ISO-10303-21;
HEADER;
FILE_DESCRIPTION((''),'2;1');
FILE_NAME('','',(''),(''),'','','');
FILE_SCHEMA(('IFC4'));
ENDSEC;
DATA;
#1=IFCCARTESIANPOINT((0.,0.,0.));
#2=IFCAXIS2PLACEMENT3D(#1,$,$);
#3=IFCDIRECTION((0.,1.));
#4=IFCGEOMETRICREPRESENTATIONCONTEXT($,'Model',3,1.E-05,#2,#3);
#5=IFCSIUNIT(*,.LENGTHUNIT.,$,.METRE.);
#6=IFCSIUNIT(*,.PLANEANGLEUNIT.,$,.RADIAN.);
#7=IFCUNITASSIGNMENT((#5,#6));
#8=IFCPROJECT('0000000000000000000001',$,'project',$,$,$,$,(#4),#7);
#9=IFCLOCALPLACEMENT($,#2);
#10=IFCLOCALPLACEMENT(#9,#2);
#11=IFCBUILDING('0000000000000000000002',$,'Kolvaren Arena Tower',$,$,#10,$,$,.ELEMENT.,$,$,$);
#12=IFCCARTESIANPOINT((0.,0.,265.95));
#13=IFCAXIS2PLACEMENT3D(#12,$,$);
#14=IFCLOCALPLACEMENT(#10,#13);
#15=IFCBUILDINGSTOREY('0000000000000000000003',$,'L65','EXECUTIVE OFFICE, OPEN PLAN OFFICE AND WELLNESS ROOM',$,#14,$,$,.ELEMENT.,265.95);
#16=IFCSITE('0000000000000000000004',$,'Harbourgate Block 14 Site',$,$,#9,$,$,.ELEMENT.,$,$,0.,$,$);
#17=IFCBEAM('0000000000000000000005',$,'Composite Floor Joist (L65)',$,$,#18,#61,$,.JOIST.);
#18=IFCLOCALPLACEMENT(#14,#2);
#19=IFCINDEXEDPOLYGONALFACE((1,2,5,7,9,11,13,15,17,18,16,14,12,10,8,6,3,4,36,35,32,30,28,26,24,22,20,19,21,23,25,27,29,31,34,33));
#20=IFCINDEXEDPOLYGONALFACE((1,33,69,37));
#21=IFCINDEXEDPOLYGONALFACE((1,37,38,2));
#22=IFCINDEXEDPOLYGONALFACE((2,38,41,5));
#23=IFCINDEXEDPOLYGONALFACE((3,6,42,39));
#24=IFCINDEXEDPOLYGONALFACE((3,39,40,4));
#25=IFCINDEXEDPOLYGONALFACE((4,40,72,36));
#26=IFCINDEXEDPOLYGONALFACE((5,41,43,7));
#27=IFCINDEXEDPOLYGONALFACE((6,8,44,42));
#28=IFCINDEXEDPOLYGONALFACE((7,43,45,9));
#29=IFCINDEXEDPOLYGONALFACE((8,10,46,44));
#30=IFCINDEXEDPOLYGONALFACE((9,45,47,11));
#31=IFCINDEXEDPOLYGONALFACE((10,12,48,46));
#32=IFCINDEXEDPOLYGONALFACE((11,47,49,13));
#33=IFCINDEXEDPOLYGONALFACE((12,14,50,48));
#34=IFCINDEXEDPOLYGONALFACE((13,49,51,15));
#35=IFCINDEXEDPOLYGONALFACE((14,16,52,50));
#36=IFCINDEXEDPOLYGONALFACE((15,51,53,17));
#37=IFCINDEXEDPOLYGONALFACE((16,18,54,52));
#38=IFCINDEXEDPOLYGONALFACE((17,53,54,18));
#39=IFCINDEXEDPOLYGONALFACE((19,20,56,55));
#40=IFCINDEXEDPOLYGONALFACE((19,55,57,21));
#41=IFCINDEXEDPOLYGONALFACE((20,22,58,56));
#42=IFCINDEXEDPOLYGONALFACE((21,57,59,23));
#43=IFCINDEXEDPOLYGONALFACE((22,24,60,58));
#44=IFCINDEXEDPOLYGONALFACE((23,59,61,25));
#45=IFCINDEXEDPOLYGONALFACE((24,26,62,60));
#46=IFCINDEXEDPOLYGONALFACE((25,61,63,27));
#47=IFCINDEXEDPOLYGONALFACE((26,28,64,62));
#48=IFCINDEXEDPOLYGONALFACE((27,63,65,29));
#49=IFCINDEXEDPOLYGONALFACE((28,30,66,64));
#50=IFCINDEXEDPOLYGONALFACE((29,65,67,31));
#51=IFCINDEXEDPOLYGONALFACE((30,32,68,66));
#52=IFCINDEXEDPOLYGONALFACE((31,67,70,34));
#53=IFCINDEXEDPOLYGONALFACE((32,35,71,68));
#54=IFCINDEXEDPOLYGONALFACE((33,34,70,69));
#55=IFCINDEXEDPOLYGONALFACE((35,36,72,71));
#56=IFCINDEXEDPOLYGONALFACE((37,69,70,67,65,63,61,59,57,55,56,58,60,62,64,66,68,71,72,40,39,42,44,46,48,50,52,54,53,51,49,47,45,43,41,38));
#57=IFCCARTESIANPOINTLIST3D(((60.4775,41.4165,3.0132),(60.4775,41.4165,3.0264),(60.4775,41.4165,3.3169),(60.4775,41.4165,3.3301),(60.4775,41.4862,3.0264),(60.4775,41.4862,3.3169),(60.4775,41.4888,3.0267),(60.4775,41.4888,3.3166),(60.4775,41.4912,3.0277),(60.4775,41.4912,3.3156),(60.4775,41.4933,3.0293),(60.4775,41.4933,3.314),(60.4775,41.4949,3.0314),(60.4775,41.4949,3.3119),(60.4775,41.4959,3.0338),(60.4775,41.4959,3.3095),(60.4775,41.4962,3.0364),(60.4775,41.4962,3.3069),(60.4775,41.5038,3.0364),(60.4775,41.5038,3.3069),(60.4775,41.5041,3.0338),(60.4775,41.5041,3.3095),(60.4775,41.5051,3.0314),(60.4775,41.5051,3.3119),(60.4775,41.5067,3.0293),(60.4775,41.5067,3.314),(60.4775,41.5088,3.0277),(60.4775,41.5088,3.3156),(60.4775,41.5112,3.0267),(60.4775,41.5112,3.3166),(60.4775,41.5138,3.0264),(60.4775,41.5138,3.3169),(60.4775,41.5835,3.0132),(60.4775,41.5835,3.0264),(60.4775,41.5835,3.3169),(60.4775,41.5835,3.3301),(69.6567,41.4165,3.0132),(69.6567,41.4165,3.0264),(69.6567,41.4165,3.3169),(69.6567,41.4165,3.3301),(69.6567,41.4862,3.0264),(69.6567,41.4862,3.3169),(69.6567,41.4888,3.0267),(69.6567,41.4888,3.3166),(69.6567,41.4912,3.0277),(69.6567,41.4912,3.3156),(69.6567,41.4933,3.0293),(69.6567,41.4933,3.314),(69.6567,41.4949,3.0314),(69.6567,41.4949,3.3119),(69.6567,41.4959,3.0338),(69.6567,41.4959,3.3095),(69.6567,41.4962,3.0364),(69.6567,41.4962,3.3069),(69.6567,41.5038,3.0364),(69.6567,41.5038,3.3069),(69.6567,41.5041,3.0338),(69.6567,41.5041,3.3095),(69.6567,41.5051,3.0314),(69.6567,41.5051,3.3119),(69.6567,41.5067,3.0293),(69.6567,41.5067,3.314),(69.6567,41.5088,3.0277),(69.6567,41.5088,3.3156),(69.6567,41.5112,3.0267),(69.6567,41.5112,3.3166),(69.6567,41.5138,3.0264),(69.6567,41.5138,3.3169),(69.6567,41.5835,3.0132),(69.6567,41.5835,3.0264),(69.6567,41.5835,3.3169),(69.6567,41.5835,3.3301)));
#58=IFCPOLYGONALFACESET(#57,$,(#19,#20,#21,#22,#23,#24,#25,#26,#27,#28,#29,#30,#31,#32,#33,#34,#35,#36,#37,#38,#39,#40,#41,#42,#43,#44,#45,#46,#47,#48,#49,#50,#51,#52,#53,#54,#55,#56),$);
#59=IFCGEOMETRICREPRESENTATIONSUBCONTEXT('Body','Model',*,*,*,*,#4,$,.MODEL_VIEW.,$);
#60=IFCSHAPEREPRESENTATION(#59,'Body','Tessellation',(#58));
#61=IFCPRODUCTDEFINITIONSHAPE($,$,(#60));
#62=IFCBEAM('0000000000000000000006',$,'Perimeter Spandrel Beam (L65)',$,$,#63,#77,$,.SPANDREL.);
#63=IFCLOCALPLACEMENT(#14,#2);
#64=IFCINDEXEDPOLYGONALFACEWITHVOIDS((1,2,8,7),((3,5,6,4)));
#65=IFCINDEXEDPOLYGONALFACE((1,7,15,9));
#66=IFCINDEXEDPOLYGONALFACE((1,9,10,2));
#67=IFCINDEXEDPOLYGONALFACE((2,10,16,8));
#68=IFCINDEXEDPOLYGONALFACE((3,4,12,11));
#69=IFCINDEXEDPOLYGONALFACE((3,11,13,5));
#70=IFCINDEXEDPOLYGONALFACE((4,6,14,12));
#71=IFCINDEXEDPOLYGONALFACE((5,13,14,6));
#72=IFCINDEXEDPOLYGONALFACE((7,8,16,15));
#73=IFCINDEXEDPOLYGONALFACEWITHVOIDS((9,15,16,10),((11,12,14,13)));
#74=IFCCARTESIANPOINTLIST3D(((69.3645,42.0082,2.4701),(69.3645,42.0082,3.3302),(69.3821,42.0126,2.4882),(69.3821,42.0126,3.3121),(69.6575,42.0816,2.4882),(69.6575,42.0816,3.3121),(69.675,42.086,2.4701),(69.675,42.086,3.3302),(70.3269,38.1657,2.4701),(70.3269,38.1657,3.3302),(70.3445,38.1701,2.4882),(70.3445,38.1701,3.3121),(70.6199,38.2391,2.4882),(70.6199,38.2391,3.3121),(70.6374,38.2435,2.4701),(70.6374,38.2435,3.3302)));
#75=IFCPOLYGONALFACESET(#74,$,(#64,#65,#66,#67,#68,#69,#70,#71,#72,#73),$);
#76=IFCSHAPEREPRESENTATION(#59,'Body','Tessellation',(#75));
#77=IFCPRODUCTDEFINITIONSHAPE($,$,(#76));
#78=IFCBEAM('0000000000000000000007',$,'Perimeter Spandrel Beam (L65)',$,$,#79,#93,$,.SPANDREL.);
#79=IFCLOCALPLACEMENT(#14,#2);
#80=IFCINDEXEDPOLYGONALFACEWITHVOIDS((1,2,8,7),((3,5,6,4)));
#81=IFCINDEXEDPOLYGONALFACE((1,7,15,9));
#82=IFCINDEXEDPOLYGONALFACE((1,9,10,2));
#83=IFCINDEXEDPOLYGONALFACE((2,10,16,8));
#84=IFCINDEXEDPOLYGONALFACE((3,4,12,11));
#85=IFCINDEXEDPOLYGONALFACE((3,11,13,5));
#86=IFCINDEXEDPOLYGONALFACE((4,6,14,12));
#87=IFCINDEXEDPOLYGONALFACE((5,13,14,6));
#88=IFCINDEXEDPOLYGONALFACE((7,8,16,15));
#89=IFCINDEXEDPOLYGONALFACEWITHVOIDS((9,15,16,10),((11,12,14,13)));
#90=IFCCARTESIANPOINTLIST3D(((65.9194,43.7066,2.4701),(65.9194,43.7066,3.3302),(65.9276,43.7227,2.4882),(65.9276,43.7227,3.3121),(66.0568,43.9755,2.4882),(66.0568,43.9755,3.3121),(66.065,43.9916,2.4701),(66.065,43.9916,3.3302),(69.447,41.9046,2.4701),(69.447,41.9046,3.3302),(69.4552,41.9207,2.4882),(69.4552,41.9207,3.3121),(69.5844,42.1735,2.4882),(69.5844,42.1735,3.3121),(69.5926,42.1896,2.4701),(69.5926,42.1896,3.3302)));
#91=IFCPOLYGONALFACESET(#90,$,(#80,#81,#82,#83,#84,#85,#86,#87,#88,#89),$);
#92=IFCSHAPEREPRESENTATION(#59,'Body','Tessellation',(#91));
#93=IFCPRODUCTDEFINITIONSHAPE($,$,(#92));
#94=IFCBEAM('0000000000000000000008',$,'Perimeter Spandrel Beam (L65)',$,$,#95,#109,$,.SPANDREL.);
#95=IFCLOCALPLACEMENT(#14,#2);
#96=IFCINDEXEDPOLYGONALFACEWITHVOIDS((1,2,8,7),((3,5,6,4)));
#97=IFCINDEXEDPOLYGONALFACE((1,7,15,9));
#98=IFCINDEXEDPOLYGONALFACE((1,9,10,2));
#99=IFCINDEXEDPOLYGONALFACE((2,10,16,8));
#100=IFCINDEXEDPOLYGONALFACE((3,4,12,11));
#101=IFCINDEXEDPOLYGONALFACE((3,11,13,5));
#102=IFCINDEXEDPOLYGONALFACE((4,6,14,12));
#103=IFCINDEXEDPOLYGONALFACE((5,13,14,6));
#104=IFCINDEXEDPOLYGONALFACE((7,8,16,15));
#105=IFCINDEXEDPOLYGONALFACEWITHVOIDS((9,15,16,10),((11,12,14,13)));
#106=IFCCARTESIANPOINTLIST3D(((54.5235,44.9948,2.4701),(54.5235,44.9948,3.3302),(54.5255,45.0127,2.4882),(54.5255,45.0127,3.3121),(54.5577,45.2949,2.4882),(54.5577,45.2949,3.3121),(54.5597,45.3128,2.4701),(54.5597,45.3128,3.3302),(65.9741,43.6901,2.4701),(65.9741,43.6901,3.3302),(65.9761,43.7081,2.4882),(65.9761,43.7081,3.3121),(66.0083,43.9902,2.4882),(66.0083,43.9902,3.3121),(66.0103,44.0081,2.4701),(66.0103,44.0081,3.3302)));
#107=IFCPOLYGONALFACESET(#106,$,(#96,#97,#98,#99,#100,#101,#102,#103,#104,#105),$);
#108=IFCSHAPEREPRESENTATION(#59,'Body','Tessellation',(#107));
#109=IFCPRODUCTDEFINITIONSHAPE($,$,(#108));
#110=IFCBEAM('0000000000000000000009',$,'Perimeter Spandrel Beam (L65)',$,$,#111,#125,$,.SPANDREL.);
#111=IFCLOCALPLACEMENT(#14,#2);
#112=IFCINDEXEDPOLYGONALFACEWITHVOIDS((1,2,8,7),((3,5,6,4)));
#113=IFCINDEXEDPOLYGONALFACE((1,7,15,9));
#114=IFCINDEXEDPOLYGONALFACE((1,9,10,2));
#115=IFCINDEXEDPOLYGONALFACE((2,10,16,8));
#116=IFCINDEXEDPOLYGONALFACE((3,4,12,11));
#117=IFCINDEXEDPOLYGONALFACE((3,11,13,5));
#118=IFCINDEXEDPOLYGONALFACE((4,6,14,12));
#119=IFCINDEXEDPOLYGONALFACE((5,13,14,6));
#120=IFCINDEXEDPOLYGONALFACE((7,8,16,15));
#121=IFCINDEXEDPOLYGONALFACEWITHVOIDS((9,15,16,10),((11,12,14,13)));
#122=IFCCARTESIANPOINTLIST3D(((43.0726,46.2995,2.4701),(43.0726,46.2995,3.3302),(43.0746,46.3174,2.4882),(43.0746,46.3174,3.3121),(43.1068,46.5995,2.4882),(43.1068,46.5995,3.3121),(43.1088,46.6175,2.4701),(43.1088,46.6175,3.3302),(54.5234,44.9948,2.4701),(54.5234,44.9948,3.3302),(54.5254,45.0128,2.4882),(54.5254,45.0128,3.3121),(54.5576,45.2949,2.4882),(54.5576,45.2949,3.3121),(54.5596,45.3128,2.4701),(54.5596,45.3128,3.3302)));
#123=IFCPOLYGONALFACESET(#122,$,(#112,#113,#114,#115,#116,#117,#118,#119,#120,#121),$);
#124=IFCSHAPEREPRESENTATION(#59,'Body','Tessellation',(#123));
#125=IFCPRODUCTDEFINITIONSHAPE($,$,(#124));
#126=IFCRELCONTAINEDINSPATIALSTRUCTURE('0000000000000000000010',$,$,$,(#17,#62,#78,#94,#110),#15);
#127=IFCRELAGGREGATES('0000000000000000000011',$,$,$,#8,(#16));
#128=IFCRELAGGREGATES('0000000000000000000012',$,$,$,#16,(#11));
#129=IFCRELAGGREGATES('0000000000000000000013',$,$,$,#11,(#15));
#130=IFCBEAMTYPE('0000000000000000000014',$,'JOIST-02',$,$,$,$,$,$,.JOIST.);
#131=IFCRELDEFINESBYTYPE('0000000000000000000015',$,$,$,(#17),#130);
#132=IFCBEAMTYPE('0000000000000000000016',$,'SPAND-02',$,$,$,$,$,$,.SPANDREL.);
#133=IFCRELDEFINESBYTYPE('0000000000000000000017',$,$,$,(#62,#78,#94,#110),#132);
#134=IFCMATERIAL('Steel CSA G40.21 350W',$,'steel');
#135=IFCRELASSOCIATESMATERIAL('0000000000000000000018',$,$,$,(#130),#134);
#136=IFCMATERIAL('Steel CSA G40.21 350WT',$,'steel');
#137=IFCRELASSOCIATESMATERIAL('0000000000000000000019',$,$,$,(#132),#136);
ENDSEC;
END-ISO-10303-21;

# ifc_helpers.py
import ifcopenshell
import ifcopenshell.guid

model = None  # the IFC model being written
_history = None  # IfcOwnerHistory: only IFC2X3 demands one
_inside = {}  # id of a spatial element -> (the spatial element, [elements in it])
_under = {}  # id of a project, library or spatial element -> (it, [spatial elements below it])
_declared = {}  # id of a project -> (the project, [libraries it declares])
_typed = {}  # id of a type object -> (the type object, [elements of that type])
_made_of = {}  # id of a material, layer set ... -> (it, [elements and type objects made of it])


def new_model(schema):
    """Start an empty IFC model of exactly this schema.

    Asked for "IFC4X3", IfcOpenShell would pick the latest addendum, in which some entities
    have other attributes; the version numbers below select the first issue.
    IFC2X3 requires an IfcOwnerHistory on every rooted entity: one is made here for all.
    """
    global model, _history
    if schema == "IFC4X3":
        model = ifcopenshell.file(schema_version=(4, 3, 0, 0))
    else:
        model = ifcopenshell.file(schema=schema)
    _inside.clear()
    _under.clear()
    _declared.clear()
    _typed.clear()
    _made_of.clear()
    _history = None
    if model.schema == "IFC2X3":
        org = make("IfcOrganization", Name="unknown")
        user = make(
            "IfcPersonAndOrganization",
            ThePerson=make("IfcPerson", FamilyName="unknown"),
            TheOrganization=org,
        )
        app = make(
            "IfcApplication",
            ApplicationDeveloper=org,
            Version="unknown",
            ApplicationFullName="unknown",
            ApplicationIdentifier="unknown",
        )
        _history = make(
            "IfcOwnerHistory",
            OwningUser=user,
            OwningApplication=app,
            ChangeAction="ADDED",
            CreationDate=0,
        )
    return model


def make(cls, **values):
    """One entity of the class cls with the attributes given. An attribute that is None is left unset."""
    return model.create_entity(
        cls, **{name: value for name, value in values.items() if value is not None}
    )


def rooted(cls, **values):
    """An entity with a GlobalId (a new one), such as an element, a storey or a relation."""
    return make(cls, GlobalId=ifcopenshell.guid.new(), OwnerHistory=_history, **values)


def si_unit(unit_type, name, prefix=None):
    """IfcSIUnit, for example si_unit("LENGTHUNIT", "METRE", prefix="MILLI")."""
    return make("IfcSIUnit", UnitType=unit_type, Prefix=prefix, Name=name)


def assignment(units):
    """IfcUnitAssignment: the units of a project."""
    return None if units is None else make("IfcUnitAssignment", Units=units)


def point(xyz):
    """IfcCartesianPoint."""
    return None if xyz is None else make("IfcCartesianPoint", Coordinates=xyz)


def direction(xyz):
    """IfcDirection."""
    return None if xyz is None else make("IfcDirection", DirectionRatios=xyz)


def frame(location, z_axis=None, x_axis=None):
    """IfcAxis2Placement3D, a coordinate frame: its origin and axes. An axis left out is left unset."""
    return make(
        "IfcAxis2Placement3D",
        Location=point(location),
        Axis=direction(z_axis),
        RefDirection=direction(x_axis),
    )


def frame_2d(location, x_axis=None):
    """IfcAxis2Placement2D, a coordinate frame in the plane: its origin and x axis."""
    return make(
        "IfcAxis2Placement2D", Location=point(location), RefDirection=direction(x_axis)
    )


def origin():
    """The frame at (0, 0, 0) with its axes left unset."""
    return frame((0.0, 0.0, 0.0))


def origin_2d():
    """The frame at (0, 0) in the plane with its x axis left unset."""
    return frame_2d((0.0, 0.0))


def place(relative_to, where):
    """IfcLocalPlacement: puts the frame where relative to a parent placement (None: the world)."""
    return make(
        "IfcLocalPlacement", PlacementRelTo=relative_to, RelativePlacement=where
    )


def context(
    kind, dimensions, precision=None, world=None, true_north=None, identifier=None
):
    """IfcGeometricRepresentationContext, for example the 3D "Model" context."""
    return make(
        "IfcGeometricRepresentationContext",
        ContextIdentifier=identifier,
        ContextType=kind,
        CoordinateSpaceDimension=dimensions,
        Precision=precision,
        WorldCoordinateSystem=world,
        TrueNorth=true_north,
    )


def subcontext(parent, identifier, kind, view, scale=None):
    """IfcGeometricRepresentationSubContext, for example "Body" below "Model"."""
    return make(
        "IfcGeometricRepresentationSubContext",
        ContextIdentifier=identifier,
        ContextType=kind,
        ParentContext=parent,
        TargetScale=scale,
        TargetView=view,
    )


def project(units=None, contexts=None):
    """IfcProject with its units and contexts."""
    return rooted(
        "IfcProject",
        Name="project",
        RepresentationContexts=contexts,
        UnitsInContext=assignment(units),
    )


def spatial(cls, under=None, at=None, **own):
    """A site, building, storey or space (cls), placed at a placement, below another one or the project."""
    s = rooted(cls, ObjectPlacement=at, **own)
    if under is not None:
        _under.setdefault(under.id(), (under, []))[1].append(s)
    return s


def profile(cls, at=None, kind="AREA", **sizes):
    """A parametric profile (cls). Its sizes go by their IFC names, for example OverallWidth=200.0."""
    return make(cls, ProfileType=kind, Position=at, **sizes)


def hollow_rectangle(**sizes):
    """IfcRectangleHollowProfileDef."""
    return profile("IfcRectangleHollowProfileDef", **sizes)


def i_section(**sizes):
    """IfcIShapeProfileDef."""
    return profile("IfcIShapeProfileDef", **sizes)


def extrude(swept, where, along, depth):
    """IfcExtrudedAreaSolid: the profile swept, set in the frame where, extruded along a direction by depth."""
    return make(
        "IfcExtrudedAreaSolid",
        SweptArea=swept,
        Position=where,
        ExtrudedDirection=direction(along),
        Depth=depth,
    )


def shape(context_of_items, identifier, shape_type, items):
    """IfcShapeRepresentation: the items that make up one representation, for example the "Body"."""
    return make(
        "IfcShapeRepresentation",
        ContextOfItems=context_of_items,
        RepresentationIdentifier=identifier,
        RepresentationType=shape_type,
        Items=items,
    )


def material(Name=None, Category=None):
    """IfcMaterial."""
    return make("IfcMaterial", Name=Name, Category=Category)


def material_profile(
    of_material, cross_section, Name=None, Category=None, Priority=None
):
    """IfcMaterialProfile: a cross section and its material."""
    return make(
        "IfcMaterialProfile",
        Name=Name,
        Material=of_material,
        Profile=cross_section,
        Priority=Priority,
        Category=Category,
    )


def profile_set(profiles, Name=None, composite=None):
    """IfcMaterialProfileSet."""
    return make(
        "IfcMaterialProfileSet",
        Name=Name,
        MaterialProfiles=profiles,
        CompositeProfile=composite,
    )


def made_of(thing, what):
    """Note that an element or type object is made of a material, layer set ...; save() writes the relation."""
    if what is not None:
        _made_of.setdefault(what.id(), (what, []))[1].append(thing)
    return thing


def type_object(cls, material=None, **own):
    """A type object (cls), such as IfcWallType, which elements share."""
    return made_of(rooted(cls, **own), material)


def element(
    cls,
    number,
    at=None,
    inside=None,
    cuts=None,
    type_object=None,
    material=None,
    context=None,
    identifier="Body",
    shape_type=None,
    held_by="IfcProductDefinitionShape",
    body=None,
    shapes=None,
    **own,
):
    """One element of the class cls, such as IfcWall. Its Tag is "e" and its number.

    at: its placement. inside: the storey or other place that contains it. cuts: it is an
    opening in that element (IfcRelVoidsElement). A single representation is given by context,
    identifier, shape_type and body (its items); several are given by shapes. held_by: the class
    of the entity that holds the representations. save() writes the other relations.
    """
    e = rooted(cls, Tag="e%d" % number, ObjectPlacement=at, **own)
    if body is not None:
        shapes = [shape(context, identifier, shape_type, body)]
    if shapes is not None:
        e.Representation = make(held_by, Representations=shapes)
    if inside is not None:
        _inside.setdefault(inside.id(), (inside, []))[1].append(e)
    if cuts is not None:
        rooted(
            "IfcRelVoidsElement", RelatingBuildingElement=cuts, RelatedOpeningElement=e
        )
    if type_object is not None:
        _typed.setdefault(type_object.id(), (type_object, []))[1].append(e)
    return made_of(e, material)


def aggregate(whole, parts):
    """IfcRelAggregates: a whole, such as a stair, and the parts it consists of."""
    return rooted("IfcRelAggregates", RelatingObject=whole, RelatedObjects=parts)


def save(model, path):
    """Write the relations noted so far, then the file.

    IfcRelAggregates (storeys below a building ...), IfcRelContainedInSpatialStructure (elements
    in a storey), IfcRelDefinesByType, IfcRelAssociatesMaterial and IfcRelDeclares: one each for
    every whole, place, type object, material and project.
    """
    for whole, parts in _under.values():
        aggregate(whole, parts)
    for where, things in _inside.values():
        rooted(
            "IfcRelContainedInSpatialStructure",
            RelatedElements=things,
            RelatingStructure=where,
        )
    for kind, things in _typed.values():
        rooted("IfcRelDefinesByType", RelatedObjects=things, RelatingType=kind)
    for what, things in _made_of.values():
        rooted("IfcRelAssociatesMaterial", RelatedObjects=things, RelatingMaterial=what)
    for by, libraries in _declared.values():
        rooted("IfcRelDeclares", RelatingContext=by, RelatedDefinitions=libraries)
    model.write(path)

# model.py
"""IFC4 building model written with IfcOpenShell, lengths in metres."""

from ifc_helpers import new_model, si_unit, direction, frame, origin, origin_2d, place, context, subcontext, project, spatial, hollow_rectangle, i_section, extrude, material, material_profile, profile_set, type_object, element, save


model = new_model("IFC4")

# Units and contexts
model_context = context("Model", 3, precision=1e-05, world=origin(), true_north=direction((0.0, 1.0)))
body_context = subcontext(model_context, "Body", "Model", "MODEL_VIEW")
ifc_project = project(units=[si_unit("LENGTHUNIT", "METRE"), si_unit("PLANEANGLEUNIT", "RADIAN")], contexts=[model_context])

# Site, building, storey
site_placement = place(None, origin())
site = spatial("IfcSite", under=ifc_project, at=site_placement, Name="Harbourgate Block 14 Site", CompositionType="ELEMENT", RefElevation=0.0)
building_placement = place(site_placement, origin())
building = spatial("IfcBuilding", under=site, at=building_placement, Name="Kolvaren Arena Tower", CompositionType="ELEMENT")
storey_placement = place(building_placement, frame((0.0, 0.0, 265.95)))
storey = spatial("IfcBuildingStorey", under=building, at=storey_placement, Name="L65", Description="EXECUTIVE OFFICE, OPEN PLAN OFFICE AND WELLNESS ROOM", CompositionType="ELEMENT", Elevation=265.95)

# Beams
ifc_material_1 = material(Name="Steel CSA G40.21 350W", Category="steel")
ifc_material_profile_1 = material_profile(ifc_material_1, i_section(OverallWidth=0.167, OverallDepth=0.3169, WebThickness=0.0076, FlangeThickness=0.0132, FilletRadius=0.01, at=origin_2d()), Name="W310x52")
ifc_profile_set_1 = profile_set([ifc_material_profile_1], Name="Steel CSA G40.21 350W")
beam_type_1 = type_object("IfcBeamType", Name="JOIST-02", PredefinedType="JOIST", material=ifc_profile_set_1)
beam_1_placement = place(storey_placement, frame((60.4775, 41.5, 3.1716), z_axis=(1.0, 0.0, 0.0), x_axis=(0.0, 1.0, 0.0)))
element("IfcBeam", 1, at=beam_1_placement, inside=storey, type_object=beam_type_1, Name="Composite Floor Joist (L65)", PredefinedType="JOIST", context=body_context, shape_type="SweptSolid", body=[
    extrude(i_section(OverallWidth=0.167, OverallDepth=0.3169, WebThickness=0.0076, FlangeThickness=0.0132, FilletRadius=0.01, at=origin_2d()), origin(), (0.0, 0.0, 1.0), 9.1792),
])
ifc_material_2 = material(Name="Steel CSA G40.21 350WT", Category="steel")
ifc_material_profile_2 = material_profile(ifc_material_2, hollow_rectangle(XDim=0.3201, YDim=0.8601, WallThickness=0.0181, at=origin_2d()), Name="HSS 860x320x18")
ifc_profile_set_2 = profile_set([ifc_material_profile_2], Name="Steel CSA G40.21 350WT")
beam_type_2 = type_object("IfcBeamType", Name="SPAND-02", PredefinedType="SPANDREL", material=ifc_profile_set_2)
for number, where, z_axis, x_axis, name in (
    (2, (70.4822, 38.2046, 2.9001), (-0.242956, 0.970037, 0.0), (-0.970037, -0.242956, 0.0), "Perimeter Spandrel Beam (L65)"),
    (3, (69.5198, 42.0471, 2.9001), (-0.890536, 0.454913, 0.0), (-0.454913, -0.890536, 0.0), "Perimeter Spandrel Beam (L65)"),
):
    element("IfcBeam", number, at=place(storey_placement, frame(where, z_axis=z_axis, x_axis=x_axis)), inside=storey, type_object=beam_type_2, Name=name, PredefinedType="SPANDREL", context=body_context, shape_type="SweptSolid", body=[
        extrude(hollow_rectangle(XDim=0.3201, YDim=0.8601, WallThickness=0.0181, at=origin_2d()), origin(), (0.0, 0.0, 1.0), 3.9612),
    ])
beam_2_placement = place(storey_placement, frame((65.9922, 43.8491, 2.9001), z_axis=(-0.993571, 0.113207, 0.0), x_axis=(-0.113207, -0.993571, 0.0)))
element("IfcBeam", 4, at=beam_2_placement, inside=storey, type_object=beam_type_2, Name="Perimeter Spandrel Beam (L65)", PredefinedType="SPANDREL", context=body_context, shape_type="SweptSolid", body=[
    extrude(hollow_rectangle(XDim=0.3201, YDim=0.8601, WallThickness=0.0181, at=origin_2d()), origin(), (0.0, 0.0, 1.0), 11.5247),
])
beam_3_placement = place(storey_placement, frame((54.5415, 45.1538, 2.9001), z_axis=(-0.993572, 0.113205, 0.0), x_axis=(-0.113205, -0.993572, 0.0)))
element("IfcBeam", 5, at=beam_3_placement, inside=storey, type_object=beam_type_2, Name="Perimeter Spandrel Beam (L65)", PredefinedType="SPANDREL", context=body_context, shape_type="SweptSolid", body=[
    extrude(hollow_rectangle(XDim=0.3201, YDim=0.8601, WallThickness=0.0181, at=origin_2d()), origin(), (0.0, 0.0, 1.0), 11.5249),
])

save(model, "model.ifc")
